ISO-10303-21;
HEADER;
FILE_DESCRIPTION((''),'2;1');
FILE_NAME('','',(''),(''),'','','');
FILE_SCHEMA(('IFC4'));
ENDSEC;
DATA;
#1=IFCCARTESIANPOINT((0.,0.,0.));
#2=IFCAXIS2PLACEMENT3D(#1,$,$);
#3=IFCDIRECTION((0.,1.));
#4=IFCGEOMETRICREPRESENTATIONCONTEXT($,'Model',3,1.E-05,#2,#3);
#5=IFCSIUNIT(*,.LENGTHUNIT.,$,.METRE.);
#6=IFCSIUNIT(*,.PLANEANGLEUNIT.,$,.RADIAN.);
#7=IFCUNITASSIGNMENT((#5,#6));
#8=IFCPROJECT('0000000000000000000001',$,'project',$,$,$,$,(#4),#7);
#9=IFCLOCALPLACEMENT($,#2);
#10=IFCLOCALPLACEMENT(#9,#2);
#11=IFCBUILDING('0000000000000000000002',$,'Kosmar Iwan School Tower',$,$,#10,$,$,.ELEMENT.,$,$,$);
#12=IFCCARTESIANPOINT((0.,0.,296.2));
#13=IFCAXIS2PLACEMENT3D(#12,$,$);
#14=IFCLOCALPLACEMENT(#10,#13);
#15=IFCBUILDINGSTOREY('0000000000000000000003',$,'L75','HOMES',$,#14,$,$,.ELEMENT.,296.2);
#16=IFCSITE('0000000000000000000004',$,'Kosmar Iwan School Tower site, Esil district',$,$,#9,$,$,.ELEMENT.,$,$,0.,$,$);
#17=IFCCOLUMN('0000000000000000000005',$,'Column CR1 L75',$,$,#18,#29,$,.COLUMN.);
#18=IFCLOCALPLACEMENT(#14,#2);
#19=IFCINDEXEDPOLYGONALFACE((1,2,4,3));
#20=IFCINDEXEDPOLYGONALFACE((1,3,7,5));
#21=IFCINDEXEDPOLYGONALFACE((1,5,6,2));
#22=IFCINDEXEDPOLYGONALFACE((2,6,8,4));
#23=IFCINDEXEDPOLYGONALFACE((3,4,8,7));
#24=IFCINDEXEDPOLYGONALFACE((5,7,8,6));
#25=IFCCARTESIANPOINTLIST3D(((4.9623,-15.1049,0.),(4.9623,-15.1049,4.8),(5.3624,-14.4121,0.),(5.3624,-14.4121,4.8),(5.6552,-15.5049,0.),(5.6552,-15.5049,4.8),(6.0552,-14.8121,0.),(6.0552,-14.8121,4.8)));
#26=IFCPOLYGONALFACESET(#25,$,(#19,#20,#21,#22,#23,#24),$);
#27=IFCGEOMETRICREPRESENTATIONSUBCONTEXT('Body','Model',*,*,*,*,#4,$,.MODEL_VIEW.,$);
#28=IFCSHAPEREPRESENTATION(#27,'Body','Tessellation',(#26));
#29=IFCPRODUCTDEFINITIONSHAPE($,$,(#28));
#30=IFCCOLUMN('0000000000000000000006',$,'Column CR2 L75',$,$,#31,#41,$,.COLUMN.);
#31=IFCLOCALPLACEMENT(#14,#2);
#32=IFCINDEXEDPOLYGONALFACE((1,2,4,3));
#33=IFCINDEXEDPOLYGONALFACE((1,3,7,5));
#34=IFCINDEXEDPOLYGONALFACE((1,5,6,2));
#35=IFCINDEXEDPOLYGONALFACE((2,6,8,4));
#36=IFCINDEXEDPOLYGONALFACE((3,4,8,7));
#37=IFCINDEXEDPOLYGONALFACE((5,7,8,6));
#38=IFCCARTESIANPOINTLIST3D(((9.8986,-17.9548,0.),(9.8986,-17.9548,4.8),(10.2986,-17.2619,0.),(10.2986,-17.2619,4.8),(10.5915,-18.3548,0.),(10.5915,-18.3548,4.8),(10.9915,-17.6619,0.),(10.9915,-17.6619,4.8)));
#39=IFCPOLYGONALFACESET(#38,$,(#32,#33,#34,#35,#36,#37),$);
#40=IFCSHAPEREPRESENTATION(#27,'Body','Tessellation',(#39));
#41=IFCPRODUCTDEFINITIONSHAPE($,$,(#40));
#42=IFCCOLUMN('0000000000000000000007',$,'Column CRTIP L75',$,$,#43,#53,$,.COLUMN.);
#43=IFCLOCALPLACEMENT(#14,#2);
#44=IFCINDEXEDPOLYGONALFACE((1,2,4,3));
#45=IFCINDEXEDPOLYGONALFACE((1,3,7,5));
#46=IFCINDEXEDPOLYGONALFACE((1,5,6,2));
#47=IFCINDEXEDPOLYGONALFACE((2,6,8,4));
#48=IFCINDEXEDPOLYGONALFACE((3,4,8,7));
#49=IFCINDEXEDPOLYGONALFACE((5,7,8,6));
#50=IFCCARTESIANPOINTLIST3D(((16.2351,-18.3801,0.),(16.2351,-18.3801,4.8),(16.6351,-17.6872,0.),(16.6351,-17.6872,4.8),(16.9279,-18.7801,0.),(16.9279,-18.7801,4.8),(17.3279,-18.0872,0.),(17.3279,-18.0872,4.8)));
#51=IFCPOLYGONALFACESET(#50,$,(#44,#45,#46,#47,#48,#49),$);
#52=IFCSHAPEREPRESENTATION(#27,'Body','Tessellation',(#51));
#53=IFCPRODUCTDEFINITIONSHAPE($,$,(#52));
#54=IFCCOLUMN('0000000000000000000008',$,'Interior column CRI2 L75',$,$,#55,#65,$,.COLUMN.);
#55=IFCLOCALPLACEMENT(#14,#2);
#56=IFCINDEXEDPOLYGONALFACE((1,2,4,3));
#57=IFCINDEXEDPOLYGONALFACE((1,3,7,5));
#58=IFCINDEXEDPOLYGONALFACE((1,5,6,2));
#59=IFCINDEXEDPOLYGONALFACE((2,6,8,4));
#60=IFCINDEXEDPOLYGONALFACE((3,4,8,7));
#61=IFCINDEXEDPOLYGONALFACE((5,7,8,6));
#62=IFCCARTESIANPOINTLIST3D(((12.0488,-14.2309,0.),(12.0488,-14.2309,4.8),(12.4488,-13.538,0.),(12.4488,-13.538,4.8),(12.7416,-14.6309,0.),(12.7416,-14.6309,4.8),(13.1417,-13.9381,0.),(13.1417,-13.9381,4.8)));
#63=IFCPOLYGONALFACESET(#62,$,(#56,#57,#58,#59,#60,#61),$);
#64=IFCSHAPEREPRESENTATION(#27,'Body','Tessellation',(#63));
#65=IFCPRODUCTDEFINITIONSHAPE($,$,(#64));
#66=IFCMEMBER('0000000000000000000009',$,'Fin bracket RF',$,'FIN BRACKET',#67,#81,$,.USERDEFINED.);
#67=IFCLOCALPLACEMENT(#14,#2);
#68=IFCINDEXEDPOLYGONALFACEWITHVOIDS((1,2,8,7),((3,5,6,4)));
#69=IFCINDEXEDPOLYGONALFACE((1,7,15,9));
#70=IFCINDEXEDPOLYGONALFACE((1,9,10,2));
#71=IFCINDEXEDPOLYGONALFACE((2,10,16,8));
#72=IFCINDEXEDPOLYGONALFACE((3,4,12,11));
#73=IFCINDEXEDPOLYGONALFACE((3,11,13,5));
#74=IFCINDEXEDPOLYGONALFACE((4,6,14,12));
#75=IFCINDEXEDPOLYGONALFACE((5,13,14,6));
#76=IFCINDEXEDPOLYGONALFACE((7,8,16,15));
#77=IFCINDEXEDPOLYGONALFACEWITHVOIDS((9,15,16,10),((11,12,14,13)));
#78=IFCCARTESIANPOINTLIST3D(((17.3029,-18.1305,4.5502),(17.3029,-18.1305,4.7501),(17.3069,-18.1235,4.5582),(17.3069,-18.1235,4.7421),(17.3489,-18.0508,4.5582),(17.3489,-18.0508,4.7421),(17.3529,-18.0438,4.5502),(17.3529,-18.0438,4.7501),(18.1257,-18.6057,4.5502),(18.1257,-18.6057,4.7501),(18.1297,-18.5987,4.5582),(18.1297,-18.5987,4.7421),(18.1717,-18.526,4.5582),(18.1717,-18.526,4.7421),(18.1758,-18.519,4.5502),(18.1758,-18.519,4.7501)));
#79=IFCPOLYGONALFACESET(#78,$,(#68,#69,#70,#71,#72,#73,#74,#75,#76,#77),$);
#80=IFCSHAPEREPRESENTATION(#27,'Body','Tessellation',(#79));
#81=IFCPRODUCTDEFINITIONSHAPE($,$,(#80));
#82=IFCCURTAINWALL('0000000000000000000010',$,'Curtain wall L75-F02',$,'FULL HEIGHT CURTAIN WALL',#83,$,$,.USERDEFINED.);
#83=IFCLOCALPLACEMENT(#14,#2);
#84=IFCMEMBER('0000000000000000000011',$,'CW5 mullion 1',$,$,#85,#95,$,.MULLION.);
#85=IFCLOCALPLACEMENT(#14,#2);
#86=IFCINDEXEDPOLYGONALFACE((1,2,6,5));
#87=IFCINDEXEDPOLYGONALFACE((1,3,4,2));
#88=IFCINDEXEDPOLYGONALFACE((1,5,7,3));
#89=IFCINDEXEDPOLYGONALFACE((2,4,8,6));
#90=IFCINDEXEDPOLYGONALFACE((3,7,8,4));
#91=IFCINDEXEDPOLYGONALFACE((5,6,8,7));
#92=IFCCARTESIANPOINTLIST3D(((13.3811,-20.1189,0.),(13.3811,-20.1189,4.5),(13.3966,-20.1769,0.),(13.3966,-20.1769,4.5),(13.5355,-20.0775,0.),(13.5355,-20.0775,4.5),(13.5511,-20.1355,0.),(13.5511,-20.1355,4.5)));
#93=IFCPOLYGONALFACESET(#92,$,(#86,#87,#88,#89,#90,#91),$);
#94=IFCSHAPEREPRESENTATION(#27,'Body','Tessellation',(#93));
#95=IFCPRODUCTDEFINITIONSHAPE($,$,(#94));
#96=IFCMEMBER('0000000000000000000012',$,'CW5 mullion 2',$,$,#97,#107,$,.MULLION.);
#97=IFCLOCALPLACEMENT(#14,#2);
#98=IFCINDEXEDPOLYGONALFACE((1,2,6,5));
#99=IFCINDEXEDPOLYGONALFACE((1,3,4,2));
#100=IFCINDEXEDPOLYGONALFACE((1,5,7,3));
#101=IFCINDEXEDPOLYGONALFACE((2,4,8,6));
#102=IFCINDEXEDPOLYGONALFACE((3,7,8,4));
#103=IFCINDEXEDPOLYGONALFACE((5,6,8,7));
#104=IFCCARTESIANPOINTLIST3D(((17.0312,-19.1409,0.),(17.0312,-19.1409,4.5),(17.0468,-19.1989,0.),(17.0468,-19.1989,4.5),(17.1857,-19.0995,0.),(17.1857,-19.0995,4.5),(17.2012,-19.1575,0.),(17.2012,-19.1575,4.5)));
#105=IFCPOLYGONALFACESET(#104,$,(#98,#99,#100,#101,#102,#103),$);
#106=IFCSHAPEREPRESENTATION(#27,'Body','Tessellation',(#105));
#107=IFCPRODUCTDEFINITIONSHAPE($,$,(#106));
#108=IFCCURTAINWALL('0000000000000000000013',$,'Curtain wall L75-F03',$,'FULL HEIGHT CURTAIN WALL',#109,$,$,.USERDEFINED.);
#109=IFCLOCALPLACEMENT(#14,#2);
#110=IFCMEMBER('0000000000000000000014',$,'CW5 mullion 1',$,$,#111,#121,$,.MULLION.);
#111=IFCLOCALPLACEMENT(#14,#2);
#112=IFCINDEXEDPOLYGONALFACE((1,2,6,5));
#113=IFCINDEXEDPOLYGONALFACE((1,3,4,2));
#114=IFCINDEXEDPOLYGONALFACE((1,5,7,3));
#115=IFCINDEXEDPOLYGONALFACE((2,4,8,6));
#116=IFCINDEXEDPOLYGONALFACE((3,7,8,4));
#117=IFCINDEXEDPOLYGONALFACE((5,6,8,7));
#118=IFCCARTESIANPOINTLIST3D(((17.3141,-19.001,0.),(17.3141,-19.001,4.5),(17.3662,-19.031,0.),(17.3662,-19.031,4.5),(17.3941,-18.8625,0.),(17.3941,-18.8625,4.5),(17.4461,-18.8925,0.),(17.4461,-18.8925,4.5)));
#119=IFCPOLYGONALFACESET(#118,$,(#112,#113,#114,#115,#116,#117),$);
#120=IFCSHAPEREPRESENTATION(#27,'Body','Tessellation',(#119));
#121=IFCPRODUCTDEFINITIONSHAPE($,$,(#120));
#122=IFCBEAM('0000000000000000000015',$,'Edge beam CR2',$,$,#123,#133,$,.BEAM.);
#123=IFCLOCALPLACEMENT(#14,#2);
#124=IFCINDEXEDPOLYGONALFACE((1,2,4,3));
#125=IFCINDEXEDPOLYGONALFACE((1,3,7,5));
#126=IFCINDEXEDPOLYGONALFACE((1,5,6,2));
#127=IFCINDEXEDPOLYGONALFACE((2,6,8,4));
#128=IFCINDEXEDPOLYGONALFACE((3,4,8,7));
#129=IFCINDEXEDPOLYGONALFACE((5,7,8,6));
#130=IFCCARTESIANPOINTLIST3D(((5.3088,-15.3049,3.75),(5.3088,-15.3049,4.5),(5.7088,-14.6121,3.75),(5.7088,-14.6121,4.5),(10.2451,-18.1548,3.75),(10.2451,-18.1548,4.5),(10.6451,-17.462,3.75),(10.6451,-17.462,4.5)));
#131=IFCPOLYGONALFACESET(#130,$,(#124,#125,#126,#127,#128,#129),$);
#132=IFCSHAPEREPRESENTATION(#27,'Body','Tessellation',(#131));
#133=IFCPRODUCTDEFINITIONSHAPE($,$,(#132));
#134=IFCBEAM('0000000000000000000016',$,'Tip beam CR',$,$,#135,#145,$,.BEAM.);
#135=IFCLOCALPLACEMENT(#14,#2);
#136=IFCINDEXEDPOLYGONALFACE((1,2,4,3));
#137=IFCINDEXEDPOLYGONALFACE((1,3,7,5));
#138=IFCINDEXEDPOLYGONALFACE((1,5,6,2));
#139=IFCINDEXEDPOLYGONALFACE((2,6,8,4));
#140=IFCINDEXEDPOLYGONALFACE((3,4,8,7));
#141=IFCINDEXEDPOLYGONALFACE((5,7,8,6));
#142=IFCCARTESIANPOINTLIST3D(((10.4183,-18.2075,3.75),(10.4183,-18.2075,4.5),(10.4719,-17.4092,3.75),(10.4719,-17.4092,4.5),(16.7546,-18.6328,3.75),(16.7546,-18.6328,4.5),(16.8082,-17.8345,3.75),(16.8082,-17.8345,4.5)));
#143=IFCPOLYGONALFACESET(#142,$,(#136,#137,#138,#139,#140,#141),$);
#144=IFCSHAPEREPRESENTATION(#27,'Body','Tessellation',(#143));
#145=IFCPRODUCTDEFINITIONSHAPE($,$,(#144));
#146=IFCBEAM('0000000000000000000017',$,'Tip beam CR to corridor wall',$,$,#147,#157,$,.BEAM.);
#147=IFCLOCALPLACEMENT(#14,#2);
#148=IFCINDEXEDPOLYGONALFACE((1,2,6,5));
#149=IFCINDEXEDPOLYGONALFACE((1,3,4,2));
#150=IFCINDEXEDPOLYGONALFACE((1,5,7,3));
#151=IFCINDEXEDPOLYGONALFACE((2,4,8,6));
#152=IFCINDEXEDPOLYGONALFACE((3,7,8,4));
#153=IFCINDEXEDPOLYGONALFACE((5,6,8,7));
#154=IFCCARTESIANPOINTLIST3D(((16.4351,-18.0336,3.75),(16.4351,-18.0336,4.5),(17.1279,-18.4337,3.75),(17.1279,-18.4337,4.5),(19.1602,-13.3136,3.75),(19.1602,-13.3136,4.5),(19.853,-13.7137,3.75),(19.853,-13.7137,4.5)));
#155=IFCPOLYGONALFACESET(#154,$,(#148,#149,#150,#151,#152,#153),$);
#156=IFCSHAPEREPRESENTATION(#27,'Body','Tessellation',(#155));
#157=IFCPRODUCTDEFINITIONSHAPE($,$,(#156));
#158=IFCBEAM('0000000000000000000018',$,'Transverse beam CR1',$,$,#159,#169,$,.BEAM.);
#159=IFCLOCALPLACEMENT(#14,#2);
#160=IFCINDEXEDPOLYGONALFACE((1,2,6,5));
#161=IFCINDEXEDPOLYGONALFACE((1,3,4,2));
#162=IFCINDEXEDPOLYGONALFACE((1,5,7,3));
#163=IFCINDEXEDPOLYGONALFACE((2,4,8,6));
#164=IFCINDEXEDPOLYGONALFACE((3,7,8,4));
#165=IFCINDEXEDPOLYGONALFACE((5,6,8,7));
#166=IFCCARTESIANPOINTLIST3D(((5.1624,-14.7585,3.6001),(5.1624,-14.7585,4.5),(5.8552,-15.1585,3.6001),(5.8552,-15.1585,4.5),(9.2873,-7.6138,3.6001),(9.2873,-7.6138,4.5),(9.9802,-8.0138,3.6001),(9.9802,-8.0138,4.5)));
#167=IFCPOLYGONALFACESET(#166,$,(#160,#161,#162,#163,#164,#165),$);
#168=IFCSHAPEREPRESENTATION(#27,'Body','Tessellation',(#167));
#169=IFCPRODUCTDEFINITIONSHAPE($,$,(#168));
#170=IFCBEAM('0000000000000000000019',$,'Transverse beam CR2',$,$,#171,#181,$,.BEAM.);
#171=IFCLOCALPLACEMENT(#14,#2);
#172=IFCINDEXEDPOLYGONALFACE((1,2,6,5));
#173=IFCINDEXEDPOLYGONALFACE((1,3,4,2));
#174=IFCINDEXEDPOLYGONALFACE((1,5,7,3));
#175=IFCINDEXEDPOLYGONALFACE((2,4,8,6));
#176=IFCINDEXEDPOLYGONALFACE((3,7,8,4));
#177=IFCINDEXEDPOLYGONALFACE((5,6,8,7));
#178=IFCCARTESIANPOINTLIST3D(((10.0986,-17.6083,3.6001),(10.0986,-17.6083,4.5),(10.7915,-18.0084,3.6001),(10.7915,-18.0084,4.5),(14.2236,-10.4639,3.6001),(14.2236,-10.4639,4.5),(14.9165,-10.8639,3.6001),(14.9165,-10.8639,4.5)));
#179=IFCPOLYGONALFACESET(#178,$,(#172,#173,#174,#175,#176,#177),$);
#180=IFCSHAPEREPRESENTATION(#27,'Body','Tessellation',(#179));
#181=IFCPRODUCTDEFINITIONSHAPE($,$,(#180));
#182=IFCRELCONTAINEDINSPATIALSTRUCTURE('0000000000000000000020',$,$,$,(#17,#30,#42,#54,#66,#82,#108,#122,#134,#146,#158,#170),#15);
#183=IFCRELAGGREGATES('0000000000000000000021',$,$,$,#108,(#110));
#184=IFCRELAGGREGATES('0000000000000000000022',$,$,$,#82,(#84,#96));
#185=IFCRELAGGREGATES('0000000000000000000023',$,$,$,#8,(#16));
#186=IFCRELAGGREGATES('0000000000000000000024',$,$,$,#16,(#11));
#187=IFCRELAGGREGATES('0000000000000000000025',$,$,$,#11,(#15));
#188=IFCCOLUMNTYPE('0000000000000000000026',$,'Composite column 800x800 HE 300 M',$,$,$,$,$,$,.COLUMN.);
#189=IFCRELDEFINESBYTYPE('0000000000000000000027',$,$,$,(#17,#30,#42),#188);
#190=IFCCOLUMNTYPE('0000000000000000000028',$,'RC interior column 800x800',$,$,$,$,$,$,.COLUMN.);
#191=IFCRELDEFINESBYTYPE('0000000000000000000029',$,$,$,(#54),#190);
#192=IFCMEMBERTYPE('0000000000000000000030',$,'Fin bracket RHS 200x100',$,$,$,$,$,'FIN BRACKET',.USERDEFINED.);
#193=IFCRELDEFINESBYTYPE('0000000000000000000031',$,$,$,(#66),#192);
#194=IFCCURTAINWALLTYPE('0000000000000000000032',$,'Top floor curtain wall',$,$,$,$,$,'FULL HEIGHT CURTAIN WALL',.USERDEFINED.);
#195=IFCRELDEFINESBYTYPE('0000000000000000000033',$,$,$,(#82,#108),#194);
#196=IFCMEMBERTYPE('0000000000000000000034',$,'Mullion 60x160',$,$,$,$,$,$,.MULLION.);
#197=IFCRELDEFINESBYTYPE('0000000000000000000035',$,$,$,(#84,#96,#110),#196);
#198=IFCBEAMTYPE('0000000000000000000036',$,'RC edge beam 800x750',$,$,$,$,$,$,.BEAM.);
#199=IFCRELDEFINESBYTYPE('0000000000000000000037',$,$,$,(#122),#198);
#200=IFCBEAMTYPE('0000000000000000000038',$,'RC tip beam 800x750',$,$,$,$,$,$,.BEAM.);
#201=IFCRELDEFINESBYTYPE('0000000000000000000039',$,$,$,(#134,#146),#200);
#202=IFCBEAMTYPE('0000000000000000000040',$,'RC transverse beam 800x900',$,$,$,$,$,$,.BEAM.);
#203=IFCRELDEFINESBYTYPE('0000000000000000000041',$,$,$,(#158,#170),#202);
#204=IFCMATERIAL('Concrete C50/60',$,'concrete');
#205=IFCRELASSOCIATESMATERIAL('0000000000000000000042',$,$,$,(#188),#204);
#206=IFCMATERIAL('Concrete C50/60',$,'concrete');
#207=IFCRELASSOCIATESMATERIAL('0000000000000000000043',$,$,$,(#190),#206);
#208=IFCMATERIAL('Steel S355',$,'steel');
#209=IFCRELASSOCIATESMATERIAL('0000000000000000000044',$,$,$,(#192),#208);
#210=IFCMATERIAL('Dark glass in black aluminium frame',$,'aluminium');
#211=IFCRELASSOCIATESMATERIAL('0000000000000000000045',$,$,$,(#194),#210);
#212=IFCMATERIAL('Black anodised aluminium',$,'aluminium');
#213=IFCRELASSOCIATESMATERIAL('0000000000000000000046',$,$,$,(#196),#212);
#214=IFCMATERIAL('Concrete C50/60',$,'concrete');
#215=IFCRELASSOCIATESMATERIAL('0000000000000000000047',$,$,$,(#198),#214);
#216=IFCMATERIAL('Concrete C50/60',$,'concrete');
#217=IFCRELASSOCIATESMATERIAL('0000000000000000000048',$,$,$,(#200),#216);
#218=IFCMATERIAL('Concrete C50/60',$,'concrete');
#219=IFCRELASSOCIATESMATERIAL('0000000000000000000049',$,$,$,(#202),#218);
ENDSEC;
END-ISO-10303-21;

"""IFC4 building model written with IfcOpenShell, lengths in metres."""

from ifc_helpers import new_model, si_unit, direction, frame, origin, origin_2d, place, context, subcontext, project, spatial, rectangle, hollow_rectangle, extrude, material, material_profile, profile_set, type_object, element, aggregate, save


model = new_model("IFC4")

# Units and contexts
model_context = context("Model", 3, precision=1e-05, world=origin(), true_north=direction((0.0, 1.0)))
body_context = subcontext(model_context, "Body", "Model", "MODEL_VIEW")
ifc_project = project(units=[si_unit("LENGTHUNIT", "METRE"), si_unit("PLANEANGLEUNIT", "RADIAN")], contexts=[model_context])

# Site, building, storey
site_placement = place(None, origin())
site = spatial("IfcSite", under=ifc_project, at=site_placement, Name="Kosmar Iwan School Tower site, Esil district", CompositionType="ELEMENT", RefElevation=0.0)
building_placement = place(site_placement, origin())
building = spatial("IfcBuilding", under=site, at=building_placement, Name="Kosmar Iwan School Tower", CompositionType="ELEMENT")
storey_placement = place(building_placement, frame((0.0, 0.0, 296.2)))
storey = spatial("IfcBuildingStorey", under=building, at=storey_placement, Name="L75", Description="HOMES", CompositionType="ELEMENT", Elevation=296.2)

# Columns
ifc_material_1 = material(Name="Concrete C50/60", Category="concrete")
ifc_material_profile_1 = material_profile(ifc_material_1, rectangle(XDim=0.8, YDim=0.8, at=origin_2d()), Name="RC 800x800 + HE 300 M")
ifc_profile_set_1 = profile_set([ifc_material_profile_1], Name="Concrete C50/60")
column_type_1 = type_object("IfcColumnType", Name="Composite column 800x800 HE 300 M", PredefinedType="COLUMN", material=ifc_profile_set_1)
for number, where, z_axis, x_axis, name in (
    (1, (5.5088, -14.9585, 0.0), (0.0, 0.0, 1.0), (0.866025, -0.5, 0.0), "Column CR1 L75"),
    (2, (10.4451, -17.8083, 0.0), (0.0, 0.0, 1.0), (0.866025, -0.5, 0.0), "Column CR2 L75"),
    (3, (16.7815, -18.2336, 0.0), (0.0, 0.0, 1.0), (0.866025, -0.5, 0.0), "Column CRTIP L75"),
):
    element("IfcColumn", number, at=place(storey_placement, frame(where, z_axis=z_axis, x_axis=x_axis)), inside=storey, type_object=column_type_1, Name=name, PredefinedType="COLUMN", context=body_context, shape_type="SweptSolid", body=[
        extrude(rectangle(XDim=0.8, YDim=0.8, at=origin_2d()), origin(), (0.0, 0.0, 1.0), 4.8),
    ])
ifc_material_2 = material(Name="Concrete C50/60", Category="concrete")
ifc_material_profile_2 = material_profile(ifc_material_2, rectangle(XDim=0.8, YDim=0.8, at=origin_2d()), Name="RC 800x800")
ifc_profile_set_2 = profile_set([ifc_material_profile_2], Name="Concrete C50/60")
column_type_2 = type_object("IfcColumnType", Name="RC interior column 800x800", PredefinedType="COLUMN", material=ifc_profile_set_2)
column_placement = place(storey_placement, frame((12.5952, -14.0845, 0.0), z_axis=(0.0, 0.0, 1.0), x_axis=(0.866025, -0.5, 0.0)))
element("IfcColumn", 4, at=column_placement, inside=storey, type_object=column_type_2, Name="Interior column CRI2 L75", PredefinedType="COLUMN", context=body_context, shape_type="SweptSolid", body=[
    extrude(rectangle(XDim=0.8, YDim=0.8, at=origin_2d()), origin(), (0.0, 0.0, 1.0), 4.8),
])

# Member
ifc_material_3 = material(Name="Steel S355", Category="steel")
ifc_material_profile_3 = material_profile(ifc_material_3, hollow_rectangle(XDim=0.1001, YDim=0.2, WallThickness=0.0081, at=origin_2d()), Name="RHS 200x100x8")
ifc_profile_set_3 = profile_set([ifc_material_profile_3], Name="Steel S355")
member_type_1 = type_object("IfcMemberType", Name="Fin bracket RHS 200x100", ElementType="FIN BRACKET", PredefinedType="USERDEFINED", material=ifc_profile_set_3)
member_1_placement = place(storey_placement, frame((17.3279, -18.0872, 4.6501), z_axis=(0.865989, -0.500064, 0.0), x_axis=(0.500064, 0.865989, 0.0)))
element("IfcMember", 5, at=member_1_placement, inside=storey, type_object=member_type_1, Name="Fin bracket RF", ObjectType="FIN BRACKET", PredefinedType="USERDEFINED", context=body_context, shape_type="SweptSolid", body=[
    extrude(hollow_rectangle(XDim=0.1001, YDim=0.2, WallThickness=0.0081, at=origin_2d()), origin(), (0.0, 0.0, 1.0), 0.9502),
])

# Curtain wall, members
ifc_material_4 = material(Name="Dark glass in black aluminium frame", Category="aluminium")
curtain_wall_type = type_object("IfcCurtainWallType", Name="Top floor curtain wall", ElementType="FULL HEIGHT CURTAIN WALL", PredefinedType="USERDEFINED", material=ifc_material_4)
curtain_wall_1_placement = place(storey_placement, origin())
curtain_wall_1 = element("IfcCurtainWall", 6, at=curtain_wall_1_placement, inside=storey, type_object=curtain_wall_type, Name="Curtain wall L75-F02", ObjectType="FULL HEIGHT CURTAIN WALL", PredefinedType="USERDEFINED")
ifc_material_5 = material(Name="Black anodised aluminium", Category="aluminium")
ifc_material_profile_4 = material_profile(ifc_material_5, rectangle(XDim=0.0601, YDim=0.1599, at=origin_2d()), Name="MULLION 60x160")
ifc_profile_set_4 = profile_set([ifc_material_profile_4], Name="Black anodised aluminium")
member_type_2 = type_object("IfcMemberType", Name="Mullion 60x160", PredefinedType="MULLION", material=ifc_profile_set_4)
member_2_placement = place(storey_placement, frame((13.4661, -20.1272, 0.0), z_axis=(0.0, 0.0, 1.0), x_axis=(-0.258819, 0.965926, 0.0)))
member_2 = element("IfcMember", 7, at=member_2_placement, type_object=member_type_2, Name="CW5 mullion 1", PredefinedType="MULLION", context=body_context, shape_type="SweptSolid", body=[
    extrude(rectangle(XDim=0.0601, YDim=0.1599, at=origin_2d()), origin(), (0.0, 0.0, 1.0), 4.5),
])
member_3_placement = place(storey_placement, frame((17.1162, -19.1492, 0.0), z_axis=(0.0, 0.0, 1.0), x_axis=(-0.258819, 0.965926, 0.0)))
member_3 = element("IfcMember", 8, at=member_3_placement, type_object=member_type_2, Name="CW5 mullion 2", PredefinedType="MULLION", context=body_context, shape_type="SweptSolid", body=[
    extrude(rectangle(XDim=0.0601, YDim=0.1599, at=origin_2d()), origin(), (0.0, 0.0, 1.0), 4.5),
])

# Curtain wall, member
curtain_wall_2_placement = place(storey_placement, origin())
curtain_wall_2 = element("IfcCurtainWall", 9, at=curtain_wall_2_placement, inside=storey, type_object=curtain_wall_type, Name="Curtain wall L75-F03", ObjectType="FULL HEIGHT CURTAIN WALL", PredefinedType="USERDEFINED")
member_4_placement = place(storey_placement, frame((17.3801, -18.9468, 0.0), z_axis=(0.0, 0.0, 1.0), x_axis=(-0.866025, 0.5, 0.0)))
member_4 = element("IfcMember", 10, at=member_4_placement, type_object=member_type_2, Name="CW5 mullion 1", PredefinedType="MULLION", context=body_context, shape_type="SweptSolid", body=[
    extrude(rectangle(XDim=0.0601, YDim=0.1599, at=origin_2d()), origin(), (0.0, 0.0, 1.0), 4.5),
])

# Beams
ifc_material_6 = material(Name="Concrete C50/60", Category="concrete")
ifc_material_profile_5 = material_profile(ifc_material_6, rectangle(XDim=0.8, YDim=0.75, at=origin_2d()), Name="RC 800x750")
ifc_profile_set_5 = profile_set([ifc_material_profile_5], Name="Concrete C50/60")
beam_type_1 = type_object("IfcBeamType", Name="RC edge beam 800x750", PredefinedType="BEAM", material=ifc_profile_set_5)
beam_1_placement = place(storey_placement, frame((5.5088, -14.9585, 4.125), z_axis=(0.866034, -0.499986, 0.0), x_axis=(0.499986, 0.866034, 0.0)))
element("IfcBeam", 11, at=beam_1_placement, inside=storey, type_object=beam_type_1, Name="Edge beam CR2", PredefinedType="BEAM", context=body_context, shape_type="SweptSolid", body=[
    extrude(rectangle(XDim=0.8, YDim=0.75, at=origin_2d()), origin(), (0.0, 0.0, 1.0), 5.7),
])
ifc_material_7 = material(Name="Concrete C50/60", Category="concrete")
ifc_material_profile_6 = material_profile(ifc_material_7, rectangle(XDim=0.8, YDim=0.75, at=origin_2d()), Name="RC 800x750")
ifc_profile_set_6 = profile_set([ifc_material_profile_6], Name="Concrete C50/60")
beam_type_2 = type_object("IfcBeamType", Name="RC tip beam 800x750", PredefinedType="BEAM", material=ifc_profile_set_6)
beam_2_placement = place(storey_placement, frame((10.4451, -17.8083, 4.125), z_axis=(0.997755, -0.066968, 0.0), x_axis=(0.066968, 0.997755, 0.0)))
element("IfcBeam", 12, at=beam_2_placement, inside=storey, type_object=beam_type_2, Name="Tip beam CR", PredefinedType="BEAM", context=body_context, shape_type="SweptSolid", body=[
    extrude(rectangle(XDim=0.8, YDim=0.75, at=origin_2d()), origin(), (0.0, 0.0, 1.0), 6.3506),
])
beam_3_placement = place(storey_placement, frame((16.7815, -18.2336, 4.125), z_axis=(0.500003, 0.866024, 0.0), x_axis=(-0.866024, 0.500003, 0.0)))
element("IfcBeam", 13, at=beam_3_placement, inside=storey, type_object=beam_type_2, Name="Tip beam CR to corridor wall", PredefinedType="BEAM", context=body_context, shape_type="SweptSolid", body=[
    extrude(rectangle(XDim=0.8, YDim=0.75, at=origin_2d()), origin(), (0.0, 0.0, 1.0), 5.4502),
])
ifc_material_8 = material(Name="Concrete C50/60", Category="concrete")
ifc_material_profile_7 = material_profile(ifc_material_8, rectangle(XDim=0.8, YDim=0.8999, at=origin_2d()), Name="RC 800x900")
ifc_profile_set_7 = profile_set([ifc_material_profile_7], Name="Concrete C50/60")
beam_type_3 = type_object("IfcBeamType", Name="RC transverse beam 800x900", PredefinedType="BEAM", material=ifc_profile_set_7)
beam_4_placement = place(storey_placement, frame((5.5088, -14.9585, 4.05), z_axis=(0.499997, 0.866027, 0.0), x_axis=(-0.866027, 0.499997, 0.0)))
element("IfcBeam", 14, at=beam_4_placement, inside=storey, type_object=beam_type_3, Name="Transverse beam CR1", PredefinedType="BEAM", context=body_context, shape_type="SweptSolid", body=[
    extrude(rectangle(XDim=0.8, YDim=0.8999, at=origin_2d()), origin(), (0.0, 0.0, 1.0), 8.25),
])
beam_5_placement = place(storey_placement, frame((10.4451, -17.8083, 4.05), z_axis=(0.500009, 0.86602, 0.0), x_axis=(-0.86602, 0.500009, 0.0)))
element("IfcBeam", 15, at=beam_5_placement, inside=storey, type_object=beam_type_3, Name="Transverse beam CR2", PredefinedType="BEAM", context=body_context, shape_type="SweptSolid", body=[
    extrude(rectangle(XDim=0.8, YDim=0.8999, at=origin_2d()), origin(), (0.0, 0.0, 1.0), 8.2498),
])

aggregate(curtain_wall_2, [member_4])

aggregate(curtain_wall_1, [member_2, member_3])

save(model, "model.ifc")
